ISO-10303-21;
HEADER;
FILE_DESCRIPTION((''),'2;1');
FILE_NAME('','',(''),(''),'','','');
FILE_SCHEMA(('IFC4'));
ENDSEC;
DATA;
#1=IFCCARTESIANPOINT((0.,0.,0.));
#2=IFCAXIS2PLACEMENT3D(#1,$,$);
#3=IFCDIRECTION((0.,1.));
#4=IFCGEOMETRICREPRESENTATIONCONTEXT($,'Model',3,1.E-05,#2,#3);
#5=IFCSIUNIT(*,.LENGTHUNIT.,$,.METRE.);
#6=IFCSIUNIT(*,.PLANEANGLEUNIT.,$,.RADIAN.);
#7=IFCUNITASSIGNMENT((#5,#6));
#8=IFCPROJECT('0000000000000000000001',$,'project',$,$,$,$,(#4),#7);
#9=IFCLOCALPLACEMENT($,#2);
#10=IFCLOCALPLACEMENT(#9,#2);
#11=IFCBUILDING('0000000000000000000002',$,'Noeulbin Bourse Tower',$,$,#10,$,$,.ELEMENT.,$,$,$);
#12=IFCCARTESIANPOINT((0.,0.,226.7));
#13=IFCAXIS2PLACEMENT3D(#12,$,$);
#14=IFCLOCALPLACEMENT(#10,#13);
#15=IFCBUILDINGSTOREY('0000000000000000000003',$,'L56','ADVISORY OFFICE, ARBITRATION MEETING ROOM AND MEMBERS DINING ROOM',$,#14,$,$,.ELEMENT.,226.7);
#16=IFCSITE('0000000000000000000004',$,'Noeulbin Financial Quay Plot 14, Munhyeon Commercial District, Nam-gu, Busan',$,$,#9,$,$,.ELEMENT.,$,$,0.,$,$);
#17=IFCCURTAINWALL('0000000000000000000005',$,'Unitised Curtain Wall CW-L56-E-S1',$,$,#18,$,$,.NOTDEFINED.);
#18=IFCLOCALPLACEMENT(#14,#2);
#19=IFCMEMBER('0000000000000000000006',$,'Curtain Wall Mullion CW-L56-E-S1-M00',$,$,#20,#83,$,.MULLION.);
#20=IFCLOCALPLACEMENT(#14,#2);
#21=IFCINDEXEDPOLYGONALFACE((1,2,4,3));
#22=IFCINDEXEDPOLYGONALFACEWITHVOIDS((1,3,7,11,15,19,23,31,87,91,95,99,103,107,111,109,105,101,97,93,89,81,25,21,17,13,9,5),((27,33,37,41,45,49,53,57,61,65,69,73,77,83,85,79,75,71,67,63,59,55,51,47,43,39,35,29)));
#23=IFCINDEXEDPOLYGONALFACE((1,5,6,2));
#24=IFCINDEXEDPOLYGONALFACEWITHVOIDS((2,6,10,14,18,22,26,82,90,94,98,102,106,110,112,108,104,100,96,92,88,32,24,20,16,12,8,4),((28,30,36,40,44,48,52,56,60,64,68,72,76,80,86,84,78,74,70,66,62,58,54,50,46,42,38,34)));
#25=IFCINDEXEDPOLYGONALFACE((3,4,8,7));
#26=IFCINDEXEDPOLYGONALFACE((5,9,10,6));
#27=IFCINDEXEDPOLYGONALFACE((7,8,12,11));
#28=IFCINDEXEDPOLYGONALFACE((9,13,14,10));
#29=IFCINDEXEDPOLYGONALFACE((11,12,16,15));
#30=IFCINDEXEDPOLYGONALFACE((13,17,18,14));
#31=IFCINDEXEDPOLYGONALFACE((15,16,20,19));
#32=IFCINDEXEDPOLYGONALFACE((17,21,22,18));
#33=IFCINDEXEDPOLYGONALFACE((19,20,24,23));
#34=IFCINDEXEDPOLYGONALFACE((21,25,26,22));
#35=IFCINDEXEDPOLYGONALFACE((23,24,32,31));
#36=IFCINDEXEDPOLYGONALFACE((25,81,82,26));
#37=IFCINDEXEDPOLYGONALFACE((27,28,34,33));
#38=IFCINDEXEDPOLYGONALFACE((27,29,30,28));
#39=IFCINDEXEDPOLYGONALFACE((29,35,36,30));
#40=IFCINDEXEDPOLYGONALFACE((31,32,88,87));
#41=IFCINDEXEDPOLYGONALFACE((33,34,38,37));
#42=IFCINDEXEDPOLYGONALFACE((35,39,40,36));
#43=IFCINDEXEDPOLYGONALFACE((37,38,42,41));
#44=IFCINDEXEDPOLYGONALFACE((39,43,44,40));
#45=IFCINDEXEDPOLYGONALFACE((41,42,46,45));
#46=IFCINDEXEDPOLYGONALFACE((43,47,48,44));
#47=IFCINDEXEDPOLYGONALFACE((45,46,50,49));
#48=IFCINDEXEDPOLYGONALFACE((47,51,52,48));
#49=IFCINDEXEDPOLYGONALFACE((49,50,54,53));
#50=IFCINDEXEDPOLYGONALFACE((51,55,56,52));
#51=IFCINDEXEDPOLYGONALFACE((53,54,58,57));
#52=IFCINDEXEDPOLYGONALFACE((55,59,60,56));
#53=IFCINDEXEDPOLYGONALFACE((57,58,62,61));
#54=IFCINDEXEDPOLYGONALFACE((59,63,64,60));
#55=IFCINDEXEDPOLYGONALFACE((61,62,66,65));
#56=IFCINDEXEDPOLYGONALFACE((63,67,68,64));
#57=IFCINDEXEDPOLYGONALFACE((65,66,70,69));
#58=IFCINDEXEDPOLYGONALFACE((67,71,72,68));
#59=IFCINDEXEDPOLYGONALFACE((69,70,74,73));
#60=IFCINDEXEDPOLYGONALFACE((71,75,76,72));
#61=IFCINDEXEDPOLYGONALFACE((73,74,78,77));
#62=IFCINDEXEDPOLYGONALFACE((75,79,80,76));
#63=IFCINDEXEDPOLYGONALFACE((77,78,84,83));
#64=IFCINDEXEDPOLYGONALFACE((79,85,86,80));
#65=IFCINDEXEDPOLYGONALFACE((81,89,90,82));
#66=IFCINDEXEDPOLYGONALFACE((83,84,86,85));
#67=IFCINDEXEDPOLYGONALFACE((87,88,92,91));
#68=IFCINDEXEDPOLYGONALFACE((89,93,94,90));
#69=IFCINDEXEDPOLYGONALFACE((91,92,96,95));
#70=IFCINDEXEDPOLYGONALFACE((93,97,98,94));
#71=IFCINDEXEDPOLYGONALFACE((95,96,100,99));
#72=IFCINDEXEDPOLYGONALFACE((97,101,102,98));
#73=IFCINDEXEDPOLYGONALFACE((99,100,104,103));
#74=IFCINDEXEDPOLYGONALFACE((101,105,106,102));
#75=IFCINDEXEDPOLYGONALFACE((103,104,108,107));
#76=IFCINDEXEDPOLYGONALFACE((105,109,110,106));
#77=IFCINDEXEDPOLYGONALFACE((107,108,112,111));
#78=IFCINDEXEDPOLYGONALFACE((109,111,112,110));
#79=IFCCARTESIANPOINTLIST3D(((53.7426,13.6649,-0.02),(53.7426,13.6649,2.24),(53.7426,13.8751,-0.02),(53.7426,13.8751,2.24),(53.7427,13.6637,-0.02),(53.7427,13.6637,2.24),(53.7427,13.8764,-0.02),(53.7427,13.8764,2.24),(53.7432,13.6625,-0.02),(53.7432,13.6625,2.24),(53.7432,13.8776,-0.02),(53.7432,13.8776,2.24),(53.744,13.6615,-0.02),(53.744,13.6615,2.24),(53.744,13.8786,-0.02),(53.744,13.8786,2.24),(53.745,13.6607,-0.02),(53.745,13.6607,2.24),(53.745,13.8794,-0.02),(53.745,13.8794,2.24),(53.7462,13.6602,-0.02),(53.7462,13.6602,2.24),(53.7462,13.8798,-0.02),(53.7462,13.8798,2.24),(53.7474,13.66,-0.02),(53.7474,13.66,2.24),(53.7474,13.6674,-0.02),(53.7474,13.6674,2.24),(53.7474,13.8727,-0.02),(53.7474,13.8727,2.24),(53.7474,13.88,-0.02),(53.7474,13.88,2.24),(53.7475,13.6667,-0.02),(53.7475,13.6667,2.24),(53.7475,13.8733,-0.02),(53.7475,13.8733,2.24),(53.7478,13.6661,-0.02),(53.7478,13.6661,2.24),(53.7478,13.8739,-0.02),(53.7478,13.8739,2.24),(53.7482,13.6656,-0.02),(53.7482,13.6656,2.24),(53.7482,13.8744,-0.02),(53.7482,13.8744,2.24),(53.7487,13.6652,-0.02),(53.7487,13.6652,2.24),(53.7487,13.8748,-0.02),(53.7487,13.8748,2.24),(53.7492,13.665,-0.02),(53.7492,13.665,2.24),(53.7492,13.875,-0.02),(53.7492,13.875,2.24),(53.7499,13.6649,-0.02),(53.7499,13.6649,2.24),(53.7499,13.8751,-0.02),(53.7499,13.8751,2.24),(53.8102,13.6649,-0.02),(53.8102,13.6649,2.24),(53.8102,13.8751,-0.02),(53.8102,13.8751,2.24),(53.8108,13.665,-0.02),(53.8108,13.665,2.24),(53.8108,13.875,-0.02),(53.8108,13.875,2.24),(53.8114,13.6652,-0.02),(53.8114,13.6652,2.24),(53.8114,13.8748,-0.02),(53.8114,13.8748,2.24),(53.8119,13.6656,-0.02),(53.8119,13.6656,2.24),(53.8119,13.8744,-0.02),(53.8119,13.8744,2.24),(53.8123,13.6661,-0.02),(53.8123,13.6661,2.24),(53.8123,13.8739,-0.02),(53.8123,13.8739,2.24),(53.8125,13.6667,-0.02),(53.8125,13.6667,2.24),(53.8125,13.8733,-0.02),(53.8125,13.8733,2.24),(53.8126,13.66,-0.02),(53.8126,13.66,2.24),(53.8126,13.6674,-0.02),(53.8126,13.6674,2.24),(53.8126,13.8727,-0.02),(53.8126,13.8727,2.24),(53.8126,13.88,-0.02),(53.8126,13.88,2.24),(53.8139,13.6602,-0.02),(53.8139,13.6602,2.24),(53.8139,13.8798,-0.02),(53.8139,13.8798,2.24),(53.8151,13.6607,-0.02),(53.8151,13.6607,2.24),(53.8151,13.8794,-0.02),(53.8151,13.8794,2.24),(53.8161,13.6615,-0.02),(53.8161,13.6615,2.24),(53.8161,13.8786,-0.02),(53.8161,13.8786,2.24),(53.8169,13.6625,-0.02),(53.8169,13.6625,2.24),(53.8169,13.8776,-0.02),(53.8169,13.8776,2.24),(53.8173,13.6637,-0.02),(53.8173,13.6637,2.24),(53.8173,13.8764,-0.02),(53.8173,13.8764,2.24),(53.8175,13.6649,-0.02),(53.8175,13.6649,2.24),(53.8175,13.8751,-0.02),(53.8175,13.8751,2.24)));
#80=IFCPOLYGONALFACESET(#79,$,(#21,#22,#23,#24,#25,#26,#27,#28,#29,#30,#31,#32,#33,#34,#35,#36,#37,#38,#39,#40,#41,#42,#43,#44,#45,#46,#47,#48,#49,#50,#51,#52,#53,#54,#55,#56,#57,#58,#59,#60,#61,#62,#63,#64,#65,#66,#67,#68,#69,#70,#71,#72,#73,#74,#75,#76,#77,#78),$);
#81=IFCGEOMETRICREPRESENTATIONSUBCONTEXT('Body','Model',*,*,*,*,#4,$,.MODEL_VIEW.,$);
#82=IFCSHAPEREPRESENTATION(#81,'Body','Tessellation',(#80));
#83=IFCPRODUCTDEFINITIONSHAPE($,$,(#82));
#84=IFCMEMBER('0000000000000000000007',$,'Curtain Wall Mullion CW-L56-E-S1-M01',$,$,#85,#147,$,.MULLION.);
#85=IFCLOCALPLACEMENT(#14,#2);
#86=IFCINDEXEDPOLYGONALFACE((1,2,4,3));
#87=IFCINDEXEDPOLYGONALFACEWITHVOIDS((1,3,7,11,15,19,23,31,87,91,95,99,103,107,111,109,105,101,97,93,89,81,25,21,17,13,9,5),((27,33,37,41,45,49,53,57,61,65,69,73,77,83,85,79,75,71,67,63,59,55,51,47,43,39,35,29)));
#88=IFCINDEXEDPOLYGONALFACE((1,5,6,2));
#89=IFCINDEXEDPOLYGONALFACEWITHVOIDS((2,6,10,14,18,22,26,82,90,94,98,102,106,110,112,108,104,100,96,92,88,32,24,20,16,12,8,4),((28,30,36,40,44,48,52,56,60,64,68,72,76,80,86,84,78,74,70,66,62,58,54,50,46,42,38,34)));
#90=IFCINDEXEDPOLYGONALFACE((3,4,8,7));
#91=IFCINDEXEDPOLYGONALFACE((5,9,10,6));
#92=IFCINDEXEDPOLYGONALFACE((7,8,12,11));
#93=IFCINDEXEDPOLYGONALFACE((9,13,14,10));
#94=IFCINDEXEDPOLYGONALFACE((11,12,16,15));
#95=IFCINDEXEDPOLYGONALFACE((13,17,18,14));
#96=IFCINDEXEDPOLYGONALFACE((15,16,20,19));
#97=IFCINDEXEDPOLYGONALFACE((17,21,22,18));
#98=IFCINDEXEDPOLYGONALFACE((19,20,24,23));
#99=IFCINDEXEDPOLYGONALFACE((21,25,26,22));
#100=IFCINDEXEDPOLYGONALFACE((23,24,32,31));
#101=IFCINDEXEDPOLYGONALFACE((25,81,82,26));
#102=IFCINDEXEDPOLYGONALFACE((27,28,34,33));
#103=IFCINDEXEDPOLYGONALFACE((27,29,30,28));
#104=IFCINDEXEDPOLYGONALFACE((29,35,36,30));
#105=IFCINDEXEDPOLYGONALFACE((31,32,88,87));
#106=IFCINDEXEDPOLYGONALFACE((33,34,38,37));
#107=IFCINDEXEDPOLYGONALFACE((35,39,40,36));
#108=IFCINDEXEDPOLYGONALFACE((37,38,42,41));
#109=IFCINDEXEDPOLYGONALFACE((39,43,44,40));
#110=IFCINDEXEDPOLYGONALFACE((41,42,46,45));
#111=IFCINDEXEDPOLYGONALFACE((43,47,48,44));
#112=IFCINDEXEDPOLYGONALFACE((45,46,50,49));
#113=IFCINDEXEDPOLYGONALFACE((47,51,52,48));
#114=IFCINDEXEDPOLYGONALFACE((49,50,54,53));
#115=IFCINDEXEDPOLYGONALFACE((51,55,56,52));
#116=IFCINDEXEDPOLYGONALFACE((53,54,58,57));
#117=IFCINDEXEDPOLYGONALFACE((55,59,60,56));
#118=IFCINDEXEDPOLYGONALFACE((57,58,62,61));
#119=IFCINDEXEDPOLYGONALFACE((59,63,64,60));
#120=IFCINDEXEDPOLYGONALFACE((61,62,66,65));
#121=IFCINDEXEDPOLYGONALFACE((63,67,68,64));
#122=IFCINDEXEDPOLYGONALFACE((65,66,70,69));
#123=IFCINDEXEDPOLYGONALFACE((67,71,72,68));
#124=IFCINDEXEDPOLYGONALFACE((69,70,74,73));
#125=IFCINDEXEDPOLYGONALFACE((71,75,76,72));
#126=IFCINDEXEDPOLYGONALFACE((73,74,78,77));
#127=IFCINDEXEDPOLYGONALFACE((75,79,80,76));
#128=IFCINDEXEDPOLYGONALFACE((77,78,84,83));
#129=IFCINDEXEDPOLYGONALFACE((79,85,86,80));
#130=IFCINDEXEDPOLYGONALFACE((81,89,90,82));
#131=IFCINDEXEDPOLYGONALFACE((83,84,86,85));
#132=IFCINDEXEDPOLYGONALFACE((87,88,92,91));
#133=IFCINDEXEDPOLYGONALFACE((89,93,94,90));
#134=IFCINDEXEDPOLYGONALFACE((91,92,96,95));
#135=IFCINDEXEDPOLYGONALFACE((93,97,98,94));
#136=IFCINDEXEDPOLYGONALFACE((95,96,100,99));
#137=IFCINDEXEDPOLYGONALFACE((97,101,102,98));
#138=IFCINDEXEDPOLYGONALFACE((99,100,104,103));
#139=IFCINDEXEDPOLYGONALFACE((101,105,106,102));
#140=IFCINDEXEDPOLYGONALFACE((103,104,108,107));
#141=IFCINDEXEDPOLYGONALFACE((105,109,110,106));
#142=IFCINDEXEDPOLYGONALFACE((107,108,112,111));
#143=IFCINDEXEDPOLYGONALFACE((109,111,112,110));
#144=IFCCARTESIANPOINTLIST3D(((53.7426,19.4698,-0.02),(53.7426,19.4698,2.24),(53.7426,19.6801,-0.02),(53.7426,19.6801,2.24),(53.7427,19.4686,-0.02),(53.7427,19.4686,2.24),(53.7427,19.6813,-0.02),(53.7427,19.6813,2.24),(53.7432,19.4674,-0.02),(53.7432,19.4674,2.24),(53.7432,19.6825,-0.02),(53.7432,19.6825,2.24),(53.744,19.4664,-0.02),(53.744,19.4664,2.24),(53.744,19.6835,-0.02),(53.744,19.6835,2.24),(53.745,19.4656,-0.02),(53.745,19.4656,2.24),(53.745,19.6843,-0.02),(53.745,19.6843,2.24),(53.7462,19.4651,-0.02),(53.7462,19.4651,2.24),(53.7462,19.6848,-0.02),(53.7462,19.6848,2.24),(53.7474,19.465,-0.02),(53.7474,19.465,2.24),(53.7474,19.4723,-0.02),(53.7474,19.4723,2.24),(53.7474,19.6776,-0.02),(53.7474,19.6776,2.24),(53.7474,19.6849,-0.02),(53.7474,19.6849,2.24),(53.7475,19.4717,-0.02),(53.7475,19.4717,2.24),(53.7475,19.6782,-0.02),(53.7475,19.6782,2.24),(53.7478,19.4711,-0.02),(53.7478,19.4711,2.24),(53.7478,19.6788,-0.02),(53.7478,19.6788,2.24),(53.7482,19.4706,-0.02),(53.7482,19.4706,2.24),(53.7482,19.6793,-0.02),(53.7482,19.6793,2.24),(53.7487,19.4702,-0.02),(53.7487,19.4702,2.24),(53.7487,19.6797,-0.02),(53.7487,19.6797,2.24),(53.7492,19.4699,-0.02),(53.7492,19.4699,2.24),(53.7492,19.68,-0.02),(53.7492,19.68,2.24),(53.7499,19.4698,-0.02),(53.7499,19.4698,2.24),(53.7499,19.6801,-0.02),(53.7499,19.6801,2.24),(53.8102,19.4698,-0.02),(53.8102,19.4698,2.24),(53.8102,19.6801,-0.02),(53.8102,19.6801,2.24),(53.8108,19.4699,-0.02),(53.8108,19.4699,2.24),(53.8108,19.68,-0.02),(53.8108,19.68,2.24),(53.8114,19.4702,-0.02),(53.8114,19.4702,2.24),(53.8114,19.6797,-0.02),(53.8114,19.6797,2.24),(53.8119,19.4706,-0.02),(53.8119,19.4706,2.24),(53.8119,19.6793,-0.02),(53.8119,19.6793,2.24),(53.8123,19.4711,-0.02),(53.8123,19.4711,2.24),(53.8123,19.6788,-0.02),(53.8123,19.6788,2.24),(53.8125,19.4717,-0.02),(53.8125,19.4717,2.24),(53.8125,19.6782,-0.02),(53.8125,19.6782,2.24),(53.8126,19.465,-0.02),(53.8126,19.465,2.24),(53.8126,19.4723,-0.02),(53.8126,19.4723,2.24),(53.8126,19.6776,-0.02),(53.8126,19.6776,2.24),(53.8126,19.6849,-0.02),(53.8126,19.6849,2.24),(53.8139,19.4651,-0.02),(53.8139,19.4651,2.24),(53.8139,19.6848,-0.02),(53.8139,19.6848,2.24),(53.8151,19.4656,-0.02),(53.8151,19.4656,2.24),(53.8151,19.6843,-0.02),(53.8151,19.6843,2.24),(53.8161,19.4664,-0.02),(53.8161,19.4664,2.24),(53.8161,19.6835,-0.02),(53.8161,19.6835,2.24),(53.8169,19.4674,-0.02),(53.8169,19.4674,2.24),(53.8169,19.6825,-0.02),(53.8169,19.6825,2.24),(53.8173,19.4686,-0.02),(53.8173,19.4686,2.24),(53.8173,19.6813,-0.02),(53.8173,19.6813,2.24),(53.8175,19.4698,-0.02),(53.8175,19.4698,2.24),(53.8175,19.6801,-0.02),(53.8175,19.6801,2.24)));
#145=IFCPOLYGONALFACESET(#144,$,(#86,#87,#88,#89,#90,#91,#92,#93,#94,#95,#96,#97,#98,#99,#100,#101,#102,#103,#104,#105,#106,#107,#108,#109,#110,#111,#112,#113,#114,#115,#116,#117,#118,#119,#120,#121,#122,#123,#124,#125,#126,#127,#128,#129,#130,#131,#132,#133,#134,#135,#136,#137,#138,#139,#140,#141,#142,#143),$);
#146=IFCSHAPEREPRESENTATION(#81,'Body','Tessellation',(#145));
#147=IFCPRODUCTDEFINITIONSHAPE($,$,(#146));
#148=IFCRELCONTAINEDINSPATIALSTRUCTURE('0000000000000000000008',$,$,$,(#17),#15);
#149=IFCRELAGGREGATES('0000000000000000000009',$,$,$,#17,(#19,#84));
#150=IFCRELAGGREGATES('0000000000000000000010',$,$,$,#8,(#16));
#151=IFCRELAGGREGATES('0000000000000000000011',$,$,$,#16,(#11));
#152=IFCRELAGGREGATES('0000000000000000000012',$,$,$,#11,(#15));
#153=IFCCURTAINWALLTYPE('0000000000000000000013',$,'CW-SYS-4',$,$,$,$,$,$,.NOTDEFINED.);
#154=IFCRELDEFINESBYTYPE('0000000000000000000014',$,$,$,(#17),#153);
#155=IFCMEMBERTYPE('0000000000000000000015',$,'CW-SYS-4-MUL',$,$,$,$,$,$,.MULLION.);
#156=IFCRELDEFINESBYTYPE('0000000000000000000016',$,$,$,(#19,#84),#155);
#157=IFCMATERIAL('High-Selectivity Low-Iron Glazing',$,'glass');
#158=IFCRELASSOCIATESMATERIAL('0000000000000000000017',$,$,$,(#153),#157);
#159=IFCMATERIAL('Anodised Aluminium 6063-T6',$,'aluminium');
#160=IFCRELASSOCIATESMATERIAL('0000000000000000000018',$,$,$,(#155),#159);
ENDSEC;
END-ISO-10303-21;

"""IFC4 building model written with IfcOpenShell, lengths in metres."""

from ifc_helpers import new_model, si_unit, direction, frame, origin, origin_2d, place, context, subcontext, project, spatial, hollow_rectangle, extrude, material, material_profile, profile_set, type_object, element, aggregate, save


model = new_model("IFC4")

# Units and contexts
model_context = context("Model", 3, precision=1e-05, world=origin(), true_north=direction((0.0, 1.0)))
body_context = subcontext(model_context, "Body", "Model", "MODEL_VIEW")
ifc_project = project(units=[si_unit("LENGTHUNIT", "METRE"), si_unit("PLANEANGLEUNIT", "RADIAN")], contexts=[model_context])

# Site, building, storey
site_placement = place(None, origin())
site = spatial("IfcSite", under=ifc_project, at=site_placement, Name="Noeulbin Financial Quay Plot 14, Munhyeon Commercial District, Nam-gu, Busan", CompositionType="ELEMENT", RefElevation=0.0)
building_placement = place(site_placement, origin())
building = spatial("IfcBuilding", under=site, at=building_placement, Name="Noeulbin Bourse Tower", CompositionType="ELEMENT")
storey_placement = place(building_placement, frame((0.0, 0.0, 226.7)))
storey = spatial("IfcBuildingStorey", under=building, at=storey_placement, Name="L56", Description="ADVISORY OFFICE, ARBITRATION MEETING ROOM AND MEMBERS DINING ROOM", CompositionType="ELEMENT", Elevation=226.7)

# Shared definitions
ifc_material_1 = material(Name="High-Selectivity Low-Iron Glazing", Category="glass")
curtain_wall_type = type_object("IfcCurtainWallType", Name="CW-SYS-4", PredefinedType="NOTDEFINED", material=ifc_material_1)
ifc_material_2 = material(Name="Anodised Aluminium 6063-T6", Category="aluminium")
ifc_material_profile_1 = material_profile(ifc_material_2, hollow_rectangle(XDim=0.075, YDim=0.22, WallThickness=0.0049, InnerFilletRadius=0.0024, OuterFilletRadius=0.0049, at=origin_2d()), Name="ALU-MULL-75x220x5", Category="LoadBearing")
ifc_profile_set_1 = profile_set([ifc_material_profile_1], Name="Anodised Aluminium 6063-T6")
member_type_1 = type_object("IfcMemberType", Name="CW-SYS-4-MUL", PredefinedType="MULLION", material=ifc_profile_set_1)

# Curtain wall, members
curtain_wall_1_placement = place(storey_placement, origin())
curtain_wall_1 = element("IfcCurtainWall", 1, at=curtain_wall_1_placement, inside=storey, type_object=curtain_wall_type, Name="Unitised Curtain Wall CW-L56-E-S1", PredefinedType="NOTDEFINED")
member_1_placement = place(storey_placement, frame((53.78, 13.77, -0.02), z_axis=(0.0, 0.0, 1.0), x_axis=(1.0, 0.0, 0.0)))
member_1 = element("IfcMember", 2, at=member_1_placement, type_object=member_type_1, Name="Curtain Wall Mullion CW-L56-E-S1-M00", PredefinedType="MULLION", context=body_context, shape_type="SweptSolid", body=[
    extrude(hollow_rectangle(XDim=0.075, YDim=0.22, WallThickness=0.0049, InnerFilletRadius=0.0024, OuterFilletRadius=0.0049, at=origin_2d()), origin(), (0.0, 0.0, 1.0), 2.26),
])
member_2_placement = place(storey_placement, frame((53.78, 19.575, -0.02), z_axis=(0.0, 0.0, 1.0), x_axis=(1.0, 0.0, 0.0)))
member_2 = element("IfcMember", 3, at=member_2_placement, type_object=member_type_1, Name="Curtain Wall Mullion CW-L56-E-S1-M01", PredefinedType="MULLION", context=body_context, shape_type="SweptSolid", body=[
    extrude(hollow_rectangle(XDim=0.075, YDim=0.22, WallThickness=0.0049, InnerFilletRadius=0.0024, OuterFilletRadius=0.0049, at=origin_2d()), origin(), (0.0, 0.0, 1.0), 2.26),
])

aggregate(curtain_wall_1, [member_1, member_2])

save(model, "model.ifc")
